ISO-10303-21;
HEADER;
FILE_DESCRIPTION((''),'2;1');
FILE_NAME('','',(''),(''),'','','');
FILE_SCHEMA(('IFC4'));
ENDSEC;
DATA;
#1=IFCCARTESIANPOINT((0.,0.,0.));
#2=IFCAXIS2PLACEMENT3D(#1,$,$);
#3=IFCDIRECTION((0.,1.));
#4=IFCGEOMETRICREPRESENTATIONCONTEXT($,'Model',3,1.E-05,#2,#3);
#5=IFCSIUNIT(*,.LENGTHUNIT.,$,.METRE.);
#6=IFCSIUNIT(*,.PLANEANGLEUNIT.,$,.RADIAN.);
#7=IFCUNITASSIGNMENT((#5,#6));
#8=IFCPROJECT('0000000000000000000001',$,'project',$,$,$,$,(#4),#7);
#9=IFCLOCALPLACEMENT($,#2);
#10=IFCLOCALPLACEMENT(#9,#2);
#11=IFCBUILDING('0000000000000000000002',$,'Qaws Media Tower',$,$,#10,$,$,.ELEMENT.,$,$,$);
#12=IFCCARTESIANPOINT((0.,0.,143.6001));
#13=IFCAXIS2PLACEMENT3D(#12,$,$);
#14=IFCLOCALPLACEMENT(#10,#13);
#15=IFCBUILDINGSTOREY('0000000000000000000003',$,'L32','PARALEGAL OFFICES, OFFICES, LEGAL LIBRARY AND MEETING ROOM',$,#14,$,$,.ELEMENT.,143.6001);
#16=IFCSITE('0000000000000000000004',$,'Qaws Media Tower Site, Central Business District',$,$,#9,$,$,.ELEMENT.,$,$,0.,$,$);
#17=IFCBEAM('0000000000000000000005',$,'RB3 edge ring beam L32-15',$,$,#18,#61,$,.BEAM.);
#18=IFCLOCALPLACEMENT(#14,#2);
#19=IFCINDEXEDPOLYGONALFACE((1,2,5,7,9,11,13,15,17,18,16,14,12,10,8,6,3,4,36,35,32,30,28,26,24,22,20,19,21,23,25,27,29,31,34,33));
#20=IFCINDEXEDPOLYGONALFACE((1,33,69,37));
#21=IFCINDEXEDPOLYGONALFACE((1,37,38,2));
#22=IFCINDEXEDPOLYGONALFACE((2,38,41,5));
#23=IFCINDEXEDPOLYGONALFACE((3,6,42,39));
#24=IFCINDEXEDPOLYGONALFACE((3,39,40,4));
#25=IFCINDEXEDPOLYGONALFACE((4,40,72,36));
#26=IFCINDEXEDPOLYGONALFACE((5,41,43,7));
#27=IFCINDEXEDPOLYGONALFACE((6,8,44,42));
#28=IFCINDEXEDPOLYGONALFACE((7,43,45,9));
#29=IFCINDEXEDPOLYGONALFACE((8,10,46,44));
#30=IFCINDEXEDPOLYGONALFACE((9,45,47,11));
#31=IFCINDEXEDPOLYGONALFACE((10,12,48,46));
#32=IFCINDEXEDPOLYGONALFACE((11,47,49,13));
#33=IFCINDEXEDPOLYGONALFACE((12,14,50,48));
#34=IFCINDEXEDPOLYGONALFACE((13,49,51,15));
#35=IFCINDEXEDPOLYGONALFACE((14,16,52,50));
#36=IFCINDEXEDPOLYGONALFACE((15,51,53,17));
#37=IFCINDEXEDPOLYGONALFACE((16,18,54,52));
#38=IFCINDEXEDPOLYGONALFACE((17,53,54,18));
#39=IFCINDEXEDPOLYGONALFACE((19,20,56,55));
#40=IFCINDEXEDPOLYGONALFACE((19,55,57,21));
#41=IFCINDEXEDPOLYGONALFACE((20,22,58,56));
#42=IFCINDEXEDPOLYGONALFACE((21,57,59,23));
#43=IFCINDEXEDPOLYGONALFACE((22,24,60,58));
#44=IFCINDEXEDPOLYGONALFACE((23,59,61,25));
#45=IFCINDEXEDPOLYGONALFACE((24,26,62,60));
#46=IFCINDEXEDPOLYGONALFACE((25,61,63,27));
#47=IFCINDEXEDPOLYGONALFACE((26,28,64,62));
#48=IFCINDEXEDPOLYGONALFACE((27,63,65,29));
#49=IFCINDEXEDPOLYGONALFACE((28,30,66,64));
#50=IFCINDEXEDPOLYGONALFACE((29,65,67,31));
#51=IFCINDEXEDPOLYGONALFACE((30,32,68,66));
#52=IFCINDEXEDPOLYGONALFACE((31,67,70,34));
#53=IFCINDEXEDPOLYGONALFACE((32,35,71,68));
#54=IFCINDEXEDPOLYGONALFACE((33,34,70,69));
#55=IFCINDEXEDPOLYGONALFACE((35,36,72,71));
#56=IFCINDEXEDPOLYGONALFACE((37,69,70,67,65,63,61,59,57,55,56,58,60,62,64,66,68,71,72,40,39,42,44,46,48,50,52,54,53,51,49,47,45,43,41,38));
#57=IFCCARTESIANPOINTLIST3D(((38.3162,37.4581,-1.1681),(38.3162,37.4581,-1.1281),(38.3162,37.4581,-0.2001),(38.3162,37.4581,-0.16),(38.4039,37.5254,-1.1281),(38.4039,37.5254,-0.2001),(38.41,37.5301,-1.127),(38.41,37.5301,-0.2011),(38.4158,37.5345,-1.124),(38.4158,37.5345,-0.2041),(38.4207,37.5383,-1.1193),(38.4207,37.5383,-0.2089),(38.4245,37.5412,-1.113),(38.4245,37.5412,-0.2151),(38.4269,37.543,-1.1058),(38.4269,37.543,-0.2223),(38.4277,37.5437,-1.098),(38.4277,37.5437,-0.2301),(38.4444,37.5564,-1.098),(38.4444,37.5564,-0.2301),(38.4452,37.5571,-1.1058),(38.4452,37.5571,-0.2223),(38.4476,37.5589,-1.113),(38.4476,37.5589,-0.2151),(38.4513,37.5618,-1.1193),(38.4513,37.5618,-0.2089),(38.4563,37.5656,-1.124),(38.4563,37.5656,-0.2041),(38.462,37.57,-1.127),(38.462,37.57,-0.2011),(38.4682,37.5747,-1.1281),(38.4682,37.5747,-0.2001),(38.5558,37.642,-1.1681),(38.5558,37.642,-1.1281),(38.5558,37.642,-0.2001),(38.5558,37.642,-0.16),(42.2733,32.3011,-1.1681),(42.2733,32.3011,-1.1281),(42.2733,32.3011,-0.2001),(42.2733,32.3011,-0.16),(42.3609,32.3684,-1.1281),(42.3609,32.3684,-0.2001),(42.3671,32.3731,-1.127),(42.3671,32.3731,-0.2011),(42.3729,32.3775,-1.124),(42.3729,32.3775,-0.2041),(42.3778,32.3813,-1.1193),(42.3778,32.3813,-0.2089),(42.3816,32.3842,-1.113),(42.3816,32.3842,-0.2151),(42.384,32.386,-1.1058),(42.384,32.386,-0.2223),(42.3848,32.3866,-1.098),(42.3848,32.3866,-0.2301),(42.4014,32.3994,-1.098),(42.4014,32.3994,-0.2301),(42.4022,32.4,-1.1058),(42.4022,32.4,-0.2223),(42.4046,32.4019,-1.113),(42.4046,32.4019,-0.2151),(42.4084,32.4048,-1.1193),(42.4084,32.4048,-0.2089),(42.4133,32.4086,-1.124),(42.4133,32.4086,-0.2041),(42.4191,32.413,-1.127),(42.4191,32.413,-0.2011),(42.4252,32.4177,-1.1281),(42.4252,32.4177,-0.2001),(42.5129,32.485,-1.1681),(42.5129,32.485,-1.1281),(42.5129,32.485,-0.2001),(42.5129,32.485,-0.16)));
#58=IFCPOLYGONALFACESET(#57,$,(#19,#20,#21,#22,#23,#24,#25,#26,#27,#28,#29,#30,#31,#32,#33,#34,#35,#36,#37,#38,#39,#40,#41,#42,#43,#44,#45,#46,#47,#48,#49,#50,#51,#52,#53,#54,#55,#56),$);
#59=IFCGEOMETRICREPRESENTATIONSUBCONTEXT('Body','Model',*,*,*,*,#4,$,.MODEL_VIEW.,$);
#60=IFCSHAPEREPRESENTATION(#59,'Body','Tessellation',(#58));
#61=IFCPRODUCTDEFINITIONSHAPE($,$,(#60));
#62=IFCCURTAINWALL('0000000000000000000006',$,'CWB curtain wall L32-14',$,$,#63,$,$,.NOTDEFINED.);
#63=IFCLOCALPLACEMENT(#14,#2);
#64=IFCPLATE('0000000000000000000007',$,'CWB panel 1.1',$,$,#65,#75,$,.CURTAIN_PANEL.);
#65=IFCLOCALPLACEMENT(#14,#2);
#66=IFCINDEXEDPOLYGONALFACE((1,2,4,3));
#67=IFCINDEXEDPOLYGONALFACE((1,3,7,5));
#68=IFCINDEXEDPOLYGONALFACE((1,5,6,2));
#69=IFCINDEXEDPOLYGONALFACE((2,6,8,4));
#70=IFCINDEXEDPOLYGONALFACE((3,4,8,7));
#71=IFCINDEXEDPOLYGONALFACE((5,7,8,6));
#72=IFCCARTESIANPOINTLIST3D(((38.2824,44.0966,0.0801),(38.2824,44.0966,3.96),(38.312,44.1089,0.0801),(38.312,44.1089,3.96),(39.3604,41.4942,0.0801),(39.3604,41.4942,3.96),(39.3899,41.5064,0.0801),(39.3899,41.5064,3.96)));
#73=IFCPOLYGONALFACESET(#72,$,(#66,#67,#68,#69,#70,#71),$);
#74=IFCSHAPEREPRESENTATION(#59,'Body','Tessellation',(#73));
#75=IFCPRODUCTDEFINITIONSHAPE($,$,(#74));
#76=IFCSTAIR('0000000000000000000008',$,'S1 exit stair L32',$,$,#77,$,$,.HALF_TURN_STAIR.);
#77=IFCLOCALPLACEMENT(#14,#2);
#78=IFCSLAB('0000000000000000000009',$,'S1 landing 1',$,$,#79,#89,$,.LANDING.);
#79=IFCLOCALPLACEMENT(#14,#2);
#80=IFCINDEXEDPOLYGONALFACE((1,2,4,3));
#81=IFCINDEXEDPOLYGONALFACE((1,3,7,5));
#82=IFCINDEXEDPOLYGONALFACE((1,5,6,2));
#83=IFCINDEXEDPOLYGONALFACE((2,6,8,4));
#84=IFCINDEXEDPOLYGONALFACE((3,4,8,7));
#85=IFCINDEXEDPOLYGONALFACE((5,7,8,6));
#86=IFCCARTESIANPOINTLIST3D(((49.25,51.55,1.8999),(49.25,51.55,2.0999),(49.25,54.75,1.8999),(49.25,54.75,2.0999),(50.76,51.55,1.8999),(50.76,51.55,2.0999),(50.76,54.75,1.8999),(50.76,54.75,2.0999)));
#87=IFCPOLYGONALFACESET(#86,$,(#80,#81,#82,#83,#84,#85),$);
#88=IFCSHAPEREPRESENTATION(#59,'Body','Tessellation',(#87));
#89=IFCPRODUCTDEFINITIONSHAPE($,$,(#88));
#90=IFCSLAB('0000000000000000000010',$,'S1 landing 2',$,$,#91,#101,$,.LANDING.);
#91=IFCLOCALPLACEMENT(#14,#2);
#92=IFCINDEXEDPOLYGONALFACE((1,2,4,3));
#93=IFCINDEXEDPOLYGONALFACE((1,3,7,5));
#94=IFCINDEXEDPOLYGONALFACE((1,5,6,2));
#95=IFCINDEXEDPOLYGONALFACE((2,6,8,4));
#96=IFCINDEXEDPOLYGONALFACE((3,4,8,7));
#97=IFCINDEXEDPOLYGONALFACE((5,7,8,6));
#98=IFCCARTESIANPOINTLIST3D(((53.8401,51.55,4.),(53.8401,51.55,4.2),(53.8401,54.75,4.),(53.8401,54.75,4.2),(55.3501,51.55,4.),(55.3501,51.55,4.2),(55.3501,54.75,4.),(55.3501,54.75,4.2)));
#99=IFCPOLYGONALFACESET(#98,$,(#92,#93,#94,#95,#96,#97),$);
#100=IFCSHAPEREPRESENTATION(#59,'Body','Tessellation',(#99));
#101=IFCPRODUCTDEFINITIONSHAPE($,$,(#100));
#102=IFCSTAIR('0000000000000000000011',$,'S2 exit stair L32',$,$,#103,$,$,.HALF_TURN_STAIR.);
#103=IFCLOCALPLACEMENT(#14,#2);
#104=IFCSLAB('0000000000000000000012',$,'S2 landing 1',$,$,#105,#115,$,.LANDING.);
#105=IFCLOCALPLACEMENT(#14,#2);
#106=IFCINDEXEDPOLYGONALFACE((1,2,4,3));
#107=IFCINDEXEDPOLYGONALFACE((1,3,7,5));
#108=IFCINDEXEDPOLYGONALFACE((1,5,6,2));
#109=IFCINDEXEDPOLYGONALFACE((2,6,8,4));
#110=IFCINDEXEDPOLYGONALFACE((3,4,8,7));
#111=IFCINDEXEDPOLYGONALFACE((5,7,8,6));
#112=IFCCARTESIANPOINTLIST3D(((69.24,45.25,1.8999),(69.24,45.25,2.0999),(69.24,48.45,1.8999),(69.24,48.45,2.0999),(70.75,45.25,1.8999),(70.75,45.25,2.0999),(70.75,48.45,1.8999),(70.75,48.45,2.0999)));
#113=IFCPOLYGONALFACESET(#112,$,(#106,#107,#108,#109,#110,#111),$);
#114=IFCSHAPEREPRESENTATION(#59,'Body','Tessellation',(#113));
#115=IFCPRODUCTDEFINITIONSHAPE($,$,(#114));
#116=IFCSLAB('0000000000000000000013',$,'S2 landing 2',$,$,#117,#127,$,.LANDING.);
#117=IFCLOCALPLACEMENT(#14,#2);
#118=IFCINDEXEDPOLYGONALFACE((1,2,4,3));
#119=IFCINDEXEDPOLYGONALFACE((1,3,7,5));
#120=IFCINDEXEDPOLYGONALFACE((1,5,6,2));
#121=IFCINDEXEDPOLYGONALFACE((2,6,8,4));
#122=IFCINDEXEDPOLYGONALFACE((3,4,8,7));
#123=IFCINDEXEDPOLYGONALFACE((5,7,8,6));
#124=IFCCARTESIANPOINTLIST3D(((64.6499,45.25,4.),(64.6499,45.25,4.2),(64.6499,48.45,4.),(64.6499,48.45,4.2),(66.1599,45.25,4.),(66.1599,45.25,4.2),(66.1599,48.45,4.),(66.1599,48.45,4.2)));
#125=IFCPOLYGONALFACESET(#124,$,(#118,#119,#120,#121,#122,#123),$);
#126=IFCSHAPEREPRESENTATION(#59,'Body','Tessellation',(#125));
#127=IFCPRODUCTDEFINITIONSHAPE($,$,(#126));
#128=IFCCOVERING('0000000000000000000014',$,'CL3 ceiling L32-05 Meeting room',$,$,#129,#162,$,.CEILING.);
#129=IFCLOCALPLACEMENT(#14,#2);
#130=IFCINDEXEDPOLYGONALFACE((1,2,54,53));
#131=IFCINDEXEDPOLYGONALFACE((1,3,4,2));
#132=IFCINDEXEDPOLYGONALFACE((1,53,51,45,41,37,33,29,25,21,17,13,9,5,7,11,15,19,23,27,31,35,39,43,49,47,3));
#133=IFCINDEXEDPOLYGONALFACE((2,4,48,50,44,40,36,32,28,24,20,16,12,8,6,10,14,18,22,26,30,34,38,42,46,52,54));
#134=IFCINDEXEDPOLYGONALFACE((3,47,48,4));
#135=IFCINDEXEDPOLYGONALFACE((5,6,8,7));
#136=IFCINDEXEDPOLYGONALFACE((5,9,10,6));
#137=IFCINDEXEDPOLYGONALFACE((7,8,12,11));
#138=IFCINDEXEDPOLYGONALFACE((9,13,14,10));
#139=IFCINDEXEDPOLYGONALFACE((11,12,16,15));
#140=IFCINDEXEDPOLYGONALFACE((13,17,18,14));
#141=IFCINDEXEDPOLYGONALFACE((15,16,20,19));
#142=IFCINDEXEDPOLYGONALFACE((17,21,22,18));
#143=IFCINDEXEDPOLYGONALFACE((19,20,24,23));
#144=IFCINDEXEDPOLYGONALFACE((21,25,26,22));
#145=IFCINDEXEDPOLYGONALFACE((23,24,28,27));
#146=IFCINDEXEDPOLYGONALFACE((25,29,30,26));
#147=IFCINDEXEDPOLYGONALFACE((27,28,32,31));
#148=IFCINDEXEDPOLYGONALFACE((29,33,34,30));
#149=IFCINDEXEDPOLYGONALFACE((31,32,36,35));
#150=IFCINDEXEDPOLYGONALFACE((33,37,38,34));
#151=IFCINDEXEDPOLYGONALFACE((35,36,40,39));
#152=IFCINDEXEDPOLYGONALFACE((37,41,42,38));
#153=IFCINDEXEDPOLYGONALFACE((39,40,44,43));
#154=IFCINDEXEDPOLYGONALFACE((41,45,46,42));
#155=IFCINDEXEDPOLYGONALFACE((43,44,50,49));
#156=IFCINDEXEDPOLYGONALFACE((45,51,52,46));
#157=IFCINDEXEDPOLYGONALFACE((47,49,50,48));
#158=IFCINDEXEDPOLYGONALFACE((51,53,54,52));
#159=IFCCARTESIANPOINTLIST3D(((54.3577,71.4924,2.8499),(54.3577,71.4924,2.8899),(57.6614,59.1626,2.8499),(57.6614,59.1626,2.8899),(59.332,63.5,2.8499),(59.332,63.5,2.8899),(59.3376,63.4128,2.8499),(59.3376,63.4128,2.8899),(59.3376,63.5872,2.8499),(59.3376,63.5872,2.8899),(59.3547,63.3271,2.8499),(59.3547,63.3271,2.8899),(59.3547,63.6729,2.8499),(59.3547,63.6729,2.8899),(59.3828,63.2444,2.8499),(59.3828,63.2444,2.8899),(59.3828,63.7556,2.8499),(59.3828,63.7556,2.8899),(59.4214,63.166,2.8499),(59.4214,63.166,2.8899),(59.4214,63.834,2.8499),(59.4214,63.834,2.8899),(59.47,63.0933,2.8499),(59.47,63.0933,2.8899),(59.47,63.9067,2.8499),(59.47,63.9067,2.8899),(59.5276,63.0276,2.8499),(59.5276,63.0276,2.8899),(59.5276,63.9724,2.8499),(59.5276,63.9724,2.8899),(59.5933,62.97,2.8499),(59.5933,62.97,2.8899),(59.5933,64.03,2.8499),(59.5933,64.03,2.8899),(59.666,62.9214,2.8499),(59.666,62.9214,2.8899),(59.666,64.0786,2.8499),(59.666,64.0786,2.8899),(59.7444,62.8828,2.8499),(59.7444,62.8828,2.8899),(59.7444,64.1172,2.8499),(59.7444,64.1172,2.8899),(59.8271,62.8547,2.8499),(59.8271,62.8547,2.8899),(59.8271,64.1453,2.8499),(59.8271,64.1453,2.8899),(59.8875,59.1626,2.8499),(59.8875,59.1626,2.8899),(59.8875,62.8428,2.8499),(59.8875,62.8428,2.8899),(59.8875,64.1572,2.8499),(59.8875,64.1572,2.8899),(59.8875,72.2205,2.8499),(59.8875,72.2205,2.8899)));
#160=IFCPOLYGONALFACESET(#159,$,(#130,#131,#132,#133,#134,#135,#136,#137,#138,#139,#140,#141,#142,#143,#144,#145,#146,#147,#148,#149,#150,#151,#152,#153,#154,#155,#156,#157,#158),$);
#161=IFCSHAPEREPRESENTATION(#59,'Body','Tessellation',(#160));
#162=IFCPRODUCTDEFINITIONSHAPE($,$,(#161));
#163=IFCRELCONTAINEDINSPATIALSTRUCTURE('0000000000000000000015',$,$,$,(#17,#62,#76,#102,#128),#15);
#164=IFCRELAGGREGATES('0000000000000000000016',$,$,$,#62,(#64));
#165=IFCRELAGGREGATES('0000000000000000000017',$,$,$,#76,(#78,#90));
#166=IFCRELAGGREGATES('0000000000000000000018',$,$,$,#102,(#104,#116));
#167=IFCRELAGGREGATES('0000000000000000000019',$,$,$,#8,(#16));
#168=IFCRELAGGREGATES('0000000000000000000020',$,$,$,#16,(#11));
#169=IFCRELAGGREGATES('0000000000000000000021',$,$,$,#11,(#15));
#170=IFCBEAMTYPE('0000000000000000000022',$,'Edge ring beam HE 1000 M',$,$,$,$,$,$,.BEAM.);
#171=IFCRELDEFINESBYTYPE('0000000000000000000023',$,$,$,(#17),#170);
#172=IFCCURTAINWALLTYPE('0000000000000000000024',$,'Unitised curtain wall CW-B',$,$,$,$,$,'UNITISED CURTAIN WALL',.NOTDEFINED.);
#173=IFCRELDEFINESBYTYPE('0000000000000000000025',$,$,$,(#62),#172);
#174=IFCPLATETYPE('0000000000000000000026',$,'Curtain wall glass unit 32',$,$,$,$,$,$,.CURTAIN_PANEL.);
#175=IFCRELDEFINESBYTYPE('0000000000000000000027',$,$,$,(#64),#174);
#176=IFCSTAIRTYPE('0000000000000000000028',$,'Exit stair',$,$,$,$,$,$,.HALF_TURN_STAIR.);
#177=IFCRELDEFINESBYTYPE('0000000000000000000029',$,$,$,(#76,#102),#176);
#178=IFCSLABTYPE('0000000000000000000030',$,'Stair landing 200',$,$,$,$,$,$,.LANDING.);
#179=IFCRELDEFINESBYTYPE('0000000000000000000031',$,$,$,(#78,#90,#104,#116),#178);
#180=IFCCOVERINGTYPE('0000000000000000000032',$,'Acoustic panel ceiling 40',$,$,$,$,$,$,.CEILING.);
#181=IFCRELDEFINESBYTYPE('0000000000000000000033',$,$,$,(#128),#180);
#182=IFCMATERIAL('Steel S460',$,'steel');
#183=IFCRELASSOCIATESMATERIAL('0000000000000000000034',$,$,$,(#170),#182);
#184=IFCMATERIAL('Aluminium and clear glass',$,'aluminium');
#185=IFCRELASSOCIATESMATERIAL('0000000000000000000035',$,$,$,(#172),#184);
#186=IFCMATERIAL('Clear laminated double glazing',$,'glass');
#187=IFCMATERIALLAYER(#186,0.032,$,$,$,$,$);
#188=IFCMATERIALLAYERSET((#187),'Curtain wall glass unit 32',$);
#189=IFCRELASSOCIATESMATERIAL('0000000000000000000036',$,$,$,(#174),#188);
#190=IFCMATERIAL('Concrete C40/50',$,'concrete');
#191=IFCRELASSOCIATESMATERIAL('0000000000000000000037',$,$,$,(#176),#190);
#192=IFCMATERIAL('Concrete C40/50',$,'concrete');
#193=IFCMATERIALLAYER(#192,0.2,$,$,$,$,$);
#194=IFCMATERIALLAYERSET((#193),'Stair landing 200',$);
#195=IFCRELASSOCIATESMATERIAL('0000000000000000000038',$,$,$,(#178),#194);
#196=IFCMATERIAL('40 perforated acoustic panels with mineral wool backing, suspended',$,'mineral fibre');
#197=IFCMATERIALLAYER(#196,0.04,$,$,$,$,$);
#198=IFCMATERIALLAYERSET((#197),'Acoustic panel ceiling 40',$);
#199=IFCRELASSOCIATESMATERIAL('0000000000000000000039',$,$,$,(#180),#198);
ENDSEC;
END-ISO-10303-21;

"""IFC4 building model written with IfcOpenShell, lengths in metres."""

from ifc_helpers import new_model, si_unit, direction, frame, origin, origin_2d, place, context, subcontext, project, spatial, polyline, rectangle, i_section, outline, extrude, material, layer, layer_set, material_profile, profile_set, type_object, element, aggregate, save


model = new_model("IFC4")

# Units and contexts
model_context = context("Model", 3, precision=1e-05, world=origin(), true_north=direction((0.0, 1.0)))
body_context = subcontext(model_context, "Body", "Model", "MODEL_VIEW")
ifc_project = project(units=[si_unit("LENGTHUNIT", "METRE"), si_unit("PLANEANGLEUNIT", "RADIAN")], contexts=[model_context])

# Site, building, storey
site_placement = place(None, origin())
site = spatial("IfcSite", under=ifc_project, at=site_placement, Name="Qaws Media Tower Site, Central Business District", CompositionType="ELEMENT", RefElevation=0.0)
building_placement = place(site_placement, origin())
building = spatial("IfcBuilding", under=site, at=building_placement, Name="Qaws Media Tower", CompositionType="ELEMENT")
storey_placement = place(building_placement, frame((0.0, 0.0, 143.6001)))
storey = spatial("IfcBuildingStorey", under=building, at=storey_placement, Name="L32", Description="PARALEGAL OFFICES, OFFICES, LEGAL LIBRARY AND MEETING ROOM", CompositionType="ELEMENT", Elevation=143.6001)

# Beam
ifc_material_1 = material(Name="Steel S460", Category="steel")
ifc_material_profile_1 = material_profile(ifc_material_1, i_section(OverallWidth=0.302, OverallDepth=1.0081, WebThickness=0.021, FlangeThickness=0.04, FilletRadius=0.03, at=origin_2d()), Name="HE 1000 M")
ifc_profile_set_1 = profile_set([ifc_material_profile_1], Name="Steel S460")
beam_type = type_object("IfcBeamType", Name="Edge ring beam HE 1000 M", PredefinedType="BEAM", material=ifc_profile_set_1)
beam_placement = place(storey_placement, frame((38.436, 37.55, -0.6641), z_axis=(0.608756, -0.793358, 0.0), x_axis=(0.793358, 0.608756, 0.0)))
element("IfcBeam", 1, at=beam_placement, inside=storey, type_object=beam_type, Name="RB3 edge ring beam L32-15", PredefinedType="BEAM", context=body_context, shape_type="SweptSolid", body=[
    extrude(i_section(OverallWidth=0.302, OverallDepth=1.0081, WebThickness=0.021, FlangeThickness=0.04, FilletRadius=0.03, at=origin_2d()), origin(), (0.0, 0.0, 1.0), 6.5002),
])

# Curtain wall, plate
ifc_material_2 = material(Name="Aluminium and clear glass", Category="aluminium")
curtain_wall_type = type_object("IfcCurtainWallType", Name="Unitised curtain wall CW-B", ElementType="UNITISED CURTAIN WALL", PredefinedType="NOTDEFINED", material=ifc_material_2)
curtain_wall_placement = place(storey_placement, origin())
curtain_wall = element("IfcCurtainWall", 2, at=curtain_wall_placement, inside=storey, type_object=curtain_wall_type, Name="CWB curtain wall L32-14", PredefinedType="NOTDEFINED")
ifc_material_3 = material(Name="Clear laminated double glazing", Category="glass")
ifc_layer_1 = layer(ifc_material_3, 0.032)
ifc_layer_set_1 = layer_set([ifc_layer_1], Name="Curtain wall glass unit 32")
plate_type = type_object("IfcPlateType", Name="Curtain wall glass unit 32", PredefinedType="CURTAIN_PANEL", material=ifc_layer_set_1)
plate_placement = place(storey_placement, frame((38.8362, 42.8015, 0.0801), z_axis=(0.0, 0.0, 1.0), x_axis=(0.382683, -0.92388, 0.0)))
plate = element("IfcPlate", 3, at=plate_placement, type_object=plate_type, Name="CWB panel 1.1", PredefinedType="CURTAIN_PANEL", context=body_context, shape_type="SweptSolid", body=[
    extrude(rectangle(XDim=2.8169, YDim=0.032, at=origin_2d()), origin(), (0.0, 0.0, 1.0), 3.8799),
])
aggregate(curtain_wall, [plate])

# Stairs, slabs
ifc_material_4 = material(Name="Concrete C40/50", Category="concrete")
stair_type = type_object("IfcStairType", Name="Exit stair", PredefinedType="HALF_TURN_STAIR", material=ifc_material_4)
stair_1_placement = place(storey_placement, origin())
stair_1 = element("IfcStair", 4, at=stair_1_placement, inside=storey, type_object=stair_type, Name="S1 exit stair L32", PredefinedType="HALF_TURN_STAIR")
ifc_material_5 = material(Name="Concrete C40/50", Category="concrete")
ifc_layer_2 = layer(ifc_material_5, 0.2)
ifc_layer_set_2 = layer_set([ifc_layer_2], Name="Stair landing 200")
slab_type = type_object("IfcSlabType", Name="Stair landing 200", PredefinedType="LANDING", material=ifc_layer_set_2)
slab_1_placement = place(storey_placement, frame((0.0, 0.0, 1.8999)))
slab_1 = element("IfcSlab", 5, at=slab_1_placement, type_object=slab_type, Name="S1 landing 1", PredefinedType="LANDING", context=body_context, shape_type="SweptSolid", body=[
    extrude(outline(polyline([(49.25, 51.55), (50.76, 51.55), (50.76, 54.75), (49.25, 54.75), (49.25, 51.55)])), origin(), (0.0, 0.0, 1.0), 0.2),
])
slab_2_placement = place(storey_placement, frame((0.0, 0.0, 4.0)))
slab_2 = element("IfcSlab", 6, at=slab_2_placement, type_object=slab_type, Name="S1 landing 2", PredefinedType="LANDING", context=body_context, shape_type="SweptSolid", body=[
    extrude(outline(polyline([(53.8401, 51.55), (55.3501, 51.55), (55.3501, 54.75), (53.8401, 54.75), (53.8401, 51.55)])), origin(), (0.0, 0.0, 1.0), 0.2),
])
aggregate(stair_1, [slab_1, slab_2])
stair_2_placement = place(storey_placement, origin())
stair_2 = element("IfcStair", 7, at=stair_2_placement, inside=storey, type_object=stair_type, Name="S2 exit stair L32", PredefinedType="HALF_TURN_STAIR")
slab_3_placement = place(storey_placement, frame((0.0, 0.0, 1.8999)))
slab_3 = element("IfcSlab", 8, at=slab_3_placement, type_object=slab_type, Name="S2 landing 1", PredefinedType="LANDING", context=body_context, shape_type="SweptSolid", body=[
    extrude(outline(polyline([(69.24, 45.25), (70.75, 45.25), (70.75, 48.45), (69.24, 48.45), (69.24, 45.25)])), origin(), (0.0, 0.0, 1.0), 0.2),
])
slab_4_placement = place(storey_placement, frame((0.0, 0.0, 4.0)))
slab_4 = element("IfcSlab", 9, at=slab_4_placement, type_object=slab_type, Name="S2 landing 2", PredefinedType="LANDING", context=body_context, shape_type="SweptSolid", body=[
    extrude(outline(polyline([(64.6499, 45.25), (66.1599, 45.25), (66.1599, 48.45), (64.6499, 48.45), (64.6499, 45.25)])), origin(), (0.0, 0.0, 1.0), 0.2),
])
aggregate(stair_2, [slab_3, slab_4])

# Covering
ifc_material_6 = material(Name="40 perforated acoustic panels with mineral wool backing, suspended", Category="mineral fibre")
ifc_layer_3 = layer(ifc_material_6, 0.04)
ifc_layer_set_3 = layer_set([ifc_layer_3], Name="Acoustic panel ceiling 40")
covering_type_1 = type_object("IfcCoveringType", Name="Acoustic panel ceiling 40", PredefinedType="CEILING", material=ifc_layer_set_3)
covering_1_placement = place(storey_placement, frame((0.0, 0.0, 2.8499)))
element("IfcCovering", 10, at=covering_1_placement, inside=storey, type_object=covering_type_1, Name="CL3 ceiling L32-05 Meeting room", PredefinedType="CEILING", context=body_context, shape_type="SweptSolid", body=[
    extrude(outline(polyline([(59.8875, 72.2205), (59.8875, 64.1572), (59.8271, 64.1453), (59.7444, 64.1172), (59.666, 64.0786), (59.5933, 64.03), (59.5276, 63.9724), (59.47, 63.9067), (59.4214, 63.834), (59.3828, 63.7556), (59.3547, 63.6729), (59.3376, 63.5872), (59.332, 63.5), (59.3376, 63.4128), (59.3547, 63.3271), (59.3828, 63.2444), (59.4214, 63.166), (59.47, 63.0933), (59.5276, 63.0276), (59.5933, 62.97), (59.666, 62.9214), (59.7444, 62.8828), (59.8271, 62.8547), (59.8875, 62.8428), (59.8875, 59.1626), (57.6614, 59.1626), (54.3577, 71.4924), (59.8875, 72.2205)])), origin(), (0.0, 0.0, 1.0), 0.04),
])

save(model, "model.ifc")
